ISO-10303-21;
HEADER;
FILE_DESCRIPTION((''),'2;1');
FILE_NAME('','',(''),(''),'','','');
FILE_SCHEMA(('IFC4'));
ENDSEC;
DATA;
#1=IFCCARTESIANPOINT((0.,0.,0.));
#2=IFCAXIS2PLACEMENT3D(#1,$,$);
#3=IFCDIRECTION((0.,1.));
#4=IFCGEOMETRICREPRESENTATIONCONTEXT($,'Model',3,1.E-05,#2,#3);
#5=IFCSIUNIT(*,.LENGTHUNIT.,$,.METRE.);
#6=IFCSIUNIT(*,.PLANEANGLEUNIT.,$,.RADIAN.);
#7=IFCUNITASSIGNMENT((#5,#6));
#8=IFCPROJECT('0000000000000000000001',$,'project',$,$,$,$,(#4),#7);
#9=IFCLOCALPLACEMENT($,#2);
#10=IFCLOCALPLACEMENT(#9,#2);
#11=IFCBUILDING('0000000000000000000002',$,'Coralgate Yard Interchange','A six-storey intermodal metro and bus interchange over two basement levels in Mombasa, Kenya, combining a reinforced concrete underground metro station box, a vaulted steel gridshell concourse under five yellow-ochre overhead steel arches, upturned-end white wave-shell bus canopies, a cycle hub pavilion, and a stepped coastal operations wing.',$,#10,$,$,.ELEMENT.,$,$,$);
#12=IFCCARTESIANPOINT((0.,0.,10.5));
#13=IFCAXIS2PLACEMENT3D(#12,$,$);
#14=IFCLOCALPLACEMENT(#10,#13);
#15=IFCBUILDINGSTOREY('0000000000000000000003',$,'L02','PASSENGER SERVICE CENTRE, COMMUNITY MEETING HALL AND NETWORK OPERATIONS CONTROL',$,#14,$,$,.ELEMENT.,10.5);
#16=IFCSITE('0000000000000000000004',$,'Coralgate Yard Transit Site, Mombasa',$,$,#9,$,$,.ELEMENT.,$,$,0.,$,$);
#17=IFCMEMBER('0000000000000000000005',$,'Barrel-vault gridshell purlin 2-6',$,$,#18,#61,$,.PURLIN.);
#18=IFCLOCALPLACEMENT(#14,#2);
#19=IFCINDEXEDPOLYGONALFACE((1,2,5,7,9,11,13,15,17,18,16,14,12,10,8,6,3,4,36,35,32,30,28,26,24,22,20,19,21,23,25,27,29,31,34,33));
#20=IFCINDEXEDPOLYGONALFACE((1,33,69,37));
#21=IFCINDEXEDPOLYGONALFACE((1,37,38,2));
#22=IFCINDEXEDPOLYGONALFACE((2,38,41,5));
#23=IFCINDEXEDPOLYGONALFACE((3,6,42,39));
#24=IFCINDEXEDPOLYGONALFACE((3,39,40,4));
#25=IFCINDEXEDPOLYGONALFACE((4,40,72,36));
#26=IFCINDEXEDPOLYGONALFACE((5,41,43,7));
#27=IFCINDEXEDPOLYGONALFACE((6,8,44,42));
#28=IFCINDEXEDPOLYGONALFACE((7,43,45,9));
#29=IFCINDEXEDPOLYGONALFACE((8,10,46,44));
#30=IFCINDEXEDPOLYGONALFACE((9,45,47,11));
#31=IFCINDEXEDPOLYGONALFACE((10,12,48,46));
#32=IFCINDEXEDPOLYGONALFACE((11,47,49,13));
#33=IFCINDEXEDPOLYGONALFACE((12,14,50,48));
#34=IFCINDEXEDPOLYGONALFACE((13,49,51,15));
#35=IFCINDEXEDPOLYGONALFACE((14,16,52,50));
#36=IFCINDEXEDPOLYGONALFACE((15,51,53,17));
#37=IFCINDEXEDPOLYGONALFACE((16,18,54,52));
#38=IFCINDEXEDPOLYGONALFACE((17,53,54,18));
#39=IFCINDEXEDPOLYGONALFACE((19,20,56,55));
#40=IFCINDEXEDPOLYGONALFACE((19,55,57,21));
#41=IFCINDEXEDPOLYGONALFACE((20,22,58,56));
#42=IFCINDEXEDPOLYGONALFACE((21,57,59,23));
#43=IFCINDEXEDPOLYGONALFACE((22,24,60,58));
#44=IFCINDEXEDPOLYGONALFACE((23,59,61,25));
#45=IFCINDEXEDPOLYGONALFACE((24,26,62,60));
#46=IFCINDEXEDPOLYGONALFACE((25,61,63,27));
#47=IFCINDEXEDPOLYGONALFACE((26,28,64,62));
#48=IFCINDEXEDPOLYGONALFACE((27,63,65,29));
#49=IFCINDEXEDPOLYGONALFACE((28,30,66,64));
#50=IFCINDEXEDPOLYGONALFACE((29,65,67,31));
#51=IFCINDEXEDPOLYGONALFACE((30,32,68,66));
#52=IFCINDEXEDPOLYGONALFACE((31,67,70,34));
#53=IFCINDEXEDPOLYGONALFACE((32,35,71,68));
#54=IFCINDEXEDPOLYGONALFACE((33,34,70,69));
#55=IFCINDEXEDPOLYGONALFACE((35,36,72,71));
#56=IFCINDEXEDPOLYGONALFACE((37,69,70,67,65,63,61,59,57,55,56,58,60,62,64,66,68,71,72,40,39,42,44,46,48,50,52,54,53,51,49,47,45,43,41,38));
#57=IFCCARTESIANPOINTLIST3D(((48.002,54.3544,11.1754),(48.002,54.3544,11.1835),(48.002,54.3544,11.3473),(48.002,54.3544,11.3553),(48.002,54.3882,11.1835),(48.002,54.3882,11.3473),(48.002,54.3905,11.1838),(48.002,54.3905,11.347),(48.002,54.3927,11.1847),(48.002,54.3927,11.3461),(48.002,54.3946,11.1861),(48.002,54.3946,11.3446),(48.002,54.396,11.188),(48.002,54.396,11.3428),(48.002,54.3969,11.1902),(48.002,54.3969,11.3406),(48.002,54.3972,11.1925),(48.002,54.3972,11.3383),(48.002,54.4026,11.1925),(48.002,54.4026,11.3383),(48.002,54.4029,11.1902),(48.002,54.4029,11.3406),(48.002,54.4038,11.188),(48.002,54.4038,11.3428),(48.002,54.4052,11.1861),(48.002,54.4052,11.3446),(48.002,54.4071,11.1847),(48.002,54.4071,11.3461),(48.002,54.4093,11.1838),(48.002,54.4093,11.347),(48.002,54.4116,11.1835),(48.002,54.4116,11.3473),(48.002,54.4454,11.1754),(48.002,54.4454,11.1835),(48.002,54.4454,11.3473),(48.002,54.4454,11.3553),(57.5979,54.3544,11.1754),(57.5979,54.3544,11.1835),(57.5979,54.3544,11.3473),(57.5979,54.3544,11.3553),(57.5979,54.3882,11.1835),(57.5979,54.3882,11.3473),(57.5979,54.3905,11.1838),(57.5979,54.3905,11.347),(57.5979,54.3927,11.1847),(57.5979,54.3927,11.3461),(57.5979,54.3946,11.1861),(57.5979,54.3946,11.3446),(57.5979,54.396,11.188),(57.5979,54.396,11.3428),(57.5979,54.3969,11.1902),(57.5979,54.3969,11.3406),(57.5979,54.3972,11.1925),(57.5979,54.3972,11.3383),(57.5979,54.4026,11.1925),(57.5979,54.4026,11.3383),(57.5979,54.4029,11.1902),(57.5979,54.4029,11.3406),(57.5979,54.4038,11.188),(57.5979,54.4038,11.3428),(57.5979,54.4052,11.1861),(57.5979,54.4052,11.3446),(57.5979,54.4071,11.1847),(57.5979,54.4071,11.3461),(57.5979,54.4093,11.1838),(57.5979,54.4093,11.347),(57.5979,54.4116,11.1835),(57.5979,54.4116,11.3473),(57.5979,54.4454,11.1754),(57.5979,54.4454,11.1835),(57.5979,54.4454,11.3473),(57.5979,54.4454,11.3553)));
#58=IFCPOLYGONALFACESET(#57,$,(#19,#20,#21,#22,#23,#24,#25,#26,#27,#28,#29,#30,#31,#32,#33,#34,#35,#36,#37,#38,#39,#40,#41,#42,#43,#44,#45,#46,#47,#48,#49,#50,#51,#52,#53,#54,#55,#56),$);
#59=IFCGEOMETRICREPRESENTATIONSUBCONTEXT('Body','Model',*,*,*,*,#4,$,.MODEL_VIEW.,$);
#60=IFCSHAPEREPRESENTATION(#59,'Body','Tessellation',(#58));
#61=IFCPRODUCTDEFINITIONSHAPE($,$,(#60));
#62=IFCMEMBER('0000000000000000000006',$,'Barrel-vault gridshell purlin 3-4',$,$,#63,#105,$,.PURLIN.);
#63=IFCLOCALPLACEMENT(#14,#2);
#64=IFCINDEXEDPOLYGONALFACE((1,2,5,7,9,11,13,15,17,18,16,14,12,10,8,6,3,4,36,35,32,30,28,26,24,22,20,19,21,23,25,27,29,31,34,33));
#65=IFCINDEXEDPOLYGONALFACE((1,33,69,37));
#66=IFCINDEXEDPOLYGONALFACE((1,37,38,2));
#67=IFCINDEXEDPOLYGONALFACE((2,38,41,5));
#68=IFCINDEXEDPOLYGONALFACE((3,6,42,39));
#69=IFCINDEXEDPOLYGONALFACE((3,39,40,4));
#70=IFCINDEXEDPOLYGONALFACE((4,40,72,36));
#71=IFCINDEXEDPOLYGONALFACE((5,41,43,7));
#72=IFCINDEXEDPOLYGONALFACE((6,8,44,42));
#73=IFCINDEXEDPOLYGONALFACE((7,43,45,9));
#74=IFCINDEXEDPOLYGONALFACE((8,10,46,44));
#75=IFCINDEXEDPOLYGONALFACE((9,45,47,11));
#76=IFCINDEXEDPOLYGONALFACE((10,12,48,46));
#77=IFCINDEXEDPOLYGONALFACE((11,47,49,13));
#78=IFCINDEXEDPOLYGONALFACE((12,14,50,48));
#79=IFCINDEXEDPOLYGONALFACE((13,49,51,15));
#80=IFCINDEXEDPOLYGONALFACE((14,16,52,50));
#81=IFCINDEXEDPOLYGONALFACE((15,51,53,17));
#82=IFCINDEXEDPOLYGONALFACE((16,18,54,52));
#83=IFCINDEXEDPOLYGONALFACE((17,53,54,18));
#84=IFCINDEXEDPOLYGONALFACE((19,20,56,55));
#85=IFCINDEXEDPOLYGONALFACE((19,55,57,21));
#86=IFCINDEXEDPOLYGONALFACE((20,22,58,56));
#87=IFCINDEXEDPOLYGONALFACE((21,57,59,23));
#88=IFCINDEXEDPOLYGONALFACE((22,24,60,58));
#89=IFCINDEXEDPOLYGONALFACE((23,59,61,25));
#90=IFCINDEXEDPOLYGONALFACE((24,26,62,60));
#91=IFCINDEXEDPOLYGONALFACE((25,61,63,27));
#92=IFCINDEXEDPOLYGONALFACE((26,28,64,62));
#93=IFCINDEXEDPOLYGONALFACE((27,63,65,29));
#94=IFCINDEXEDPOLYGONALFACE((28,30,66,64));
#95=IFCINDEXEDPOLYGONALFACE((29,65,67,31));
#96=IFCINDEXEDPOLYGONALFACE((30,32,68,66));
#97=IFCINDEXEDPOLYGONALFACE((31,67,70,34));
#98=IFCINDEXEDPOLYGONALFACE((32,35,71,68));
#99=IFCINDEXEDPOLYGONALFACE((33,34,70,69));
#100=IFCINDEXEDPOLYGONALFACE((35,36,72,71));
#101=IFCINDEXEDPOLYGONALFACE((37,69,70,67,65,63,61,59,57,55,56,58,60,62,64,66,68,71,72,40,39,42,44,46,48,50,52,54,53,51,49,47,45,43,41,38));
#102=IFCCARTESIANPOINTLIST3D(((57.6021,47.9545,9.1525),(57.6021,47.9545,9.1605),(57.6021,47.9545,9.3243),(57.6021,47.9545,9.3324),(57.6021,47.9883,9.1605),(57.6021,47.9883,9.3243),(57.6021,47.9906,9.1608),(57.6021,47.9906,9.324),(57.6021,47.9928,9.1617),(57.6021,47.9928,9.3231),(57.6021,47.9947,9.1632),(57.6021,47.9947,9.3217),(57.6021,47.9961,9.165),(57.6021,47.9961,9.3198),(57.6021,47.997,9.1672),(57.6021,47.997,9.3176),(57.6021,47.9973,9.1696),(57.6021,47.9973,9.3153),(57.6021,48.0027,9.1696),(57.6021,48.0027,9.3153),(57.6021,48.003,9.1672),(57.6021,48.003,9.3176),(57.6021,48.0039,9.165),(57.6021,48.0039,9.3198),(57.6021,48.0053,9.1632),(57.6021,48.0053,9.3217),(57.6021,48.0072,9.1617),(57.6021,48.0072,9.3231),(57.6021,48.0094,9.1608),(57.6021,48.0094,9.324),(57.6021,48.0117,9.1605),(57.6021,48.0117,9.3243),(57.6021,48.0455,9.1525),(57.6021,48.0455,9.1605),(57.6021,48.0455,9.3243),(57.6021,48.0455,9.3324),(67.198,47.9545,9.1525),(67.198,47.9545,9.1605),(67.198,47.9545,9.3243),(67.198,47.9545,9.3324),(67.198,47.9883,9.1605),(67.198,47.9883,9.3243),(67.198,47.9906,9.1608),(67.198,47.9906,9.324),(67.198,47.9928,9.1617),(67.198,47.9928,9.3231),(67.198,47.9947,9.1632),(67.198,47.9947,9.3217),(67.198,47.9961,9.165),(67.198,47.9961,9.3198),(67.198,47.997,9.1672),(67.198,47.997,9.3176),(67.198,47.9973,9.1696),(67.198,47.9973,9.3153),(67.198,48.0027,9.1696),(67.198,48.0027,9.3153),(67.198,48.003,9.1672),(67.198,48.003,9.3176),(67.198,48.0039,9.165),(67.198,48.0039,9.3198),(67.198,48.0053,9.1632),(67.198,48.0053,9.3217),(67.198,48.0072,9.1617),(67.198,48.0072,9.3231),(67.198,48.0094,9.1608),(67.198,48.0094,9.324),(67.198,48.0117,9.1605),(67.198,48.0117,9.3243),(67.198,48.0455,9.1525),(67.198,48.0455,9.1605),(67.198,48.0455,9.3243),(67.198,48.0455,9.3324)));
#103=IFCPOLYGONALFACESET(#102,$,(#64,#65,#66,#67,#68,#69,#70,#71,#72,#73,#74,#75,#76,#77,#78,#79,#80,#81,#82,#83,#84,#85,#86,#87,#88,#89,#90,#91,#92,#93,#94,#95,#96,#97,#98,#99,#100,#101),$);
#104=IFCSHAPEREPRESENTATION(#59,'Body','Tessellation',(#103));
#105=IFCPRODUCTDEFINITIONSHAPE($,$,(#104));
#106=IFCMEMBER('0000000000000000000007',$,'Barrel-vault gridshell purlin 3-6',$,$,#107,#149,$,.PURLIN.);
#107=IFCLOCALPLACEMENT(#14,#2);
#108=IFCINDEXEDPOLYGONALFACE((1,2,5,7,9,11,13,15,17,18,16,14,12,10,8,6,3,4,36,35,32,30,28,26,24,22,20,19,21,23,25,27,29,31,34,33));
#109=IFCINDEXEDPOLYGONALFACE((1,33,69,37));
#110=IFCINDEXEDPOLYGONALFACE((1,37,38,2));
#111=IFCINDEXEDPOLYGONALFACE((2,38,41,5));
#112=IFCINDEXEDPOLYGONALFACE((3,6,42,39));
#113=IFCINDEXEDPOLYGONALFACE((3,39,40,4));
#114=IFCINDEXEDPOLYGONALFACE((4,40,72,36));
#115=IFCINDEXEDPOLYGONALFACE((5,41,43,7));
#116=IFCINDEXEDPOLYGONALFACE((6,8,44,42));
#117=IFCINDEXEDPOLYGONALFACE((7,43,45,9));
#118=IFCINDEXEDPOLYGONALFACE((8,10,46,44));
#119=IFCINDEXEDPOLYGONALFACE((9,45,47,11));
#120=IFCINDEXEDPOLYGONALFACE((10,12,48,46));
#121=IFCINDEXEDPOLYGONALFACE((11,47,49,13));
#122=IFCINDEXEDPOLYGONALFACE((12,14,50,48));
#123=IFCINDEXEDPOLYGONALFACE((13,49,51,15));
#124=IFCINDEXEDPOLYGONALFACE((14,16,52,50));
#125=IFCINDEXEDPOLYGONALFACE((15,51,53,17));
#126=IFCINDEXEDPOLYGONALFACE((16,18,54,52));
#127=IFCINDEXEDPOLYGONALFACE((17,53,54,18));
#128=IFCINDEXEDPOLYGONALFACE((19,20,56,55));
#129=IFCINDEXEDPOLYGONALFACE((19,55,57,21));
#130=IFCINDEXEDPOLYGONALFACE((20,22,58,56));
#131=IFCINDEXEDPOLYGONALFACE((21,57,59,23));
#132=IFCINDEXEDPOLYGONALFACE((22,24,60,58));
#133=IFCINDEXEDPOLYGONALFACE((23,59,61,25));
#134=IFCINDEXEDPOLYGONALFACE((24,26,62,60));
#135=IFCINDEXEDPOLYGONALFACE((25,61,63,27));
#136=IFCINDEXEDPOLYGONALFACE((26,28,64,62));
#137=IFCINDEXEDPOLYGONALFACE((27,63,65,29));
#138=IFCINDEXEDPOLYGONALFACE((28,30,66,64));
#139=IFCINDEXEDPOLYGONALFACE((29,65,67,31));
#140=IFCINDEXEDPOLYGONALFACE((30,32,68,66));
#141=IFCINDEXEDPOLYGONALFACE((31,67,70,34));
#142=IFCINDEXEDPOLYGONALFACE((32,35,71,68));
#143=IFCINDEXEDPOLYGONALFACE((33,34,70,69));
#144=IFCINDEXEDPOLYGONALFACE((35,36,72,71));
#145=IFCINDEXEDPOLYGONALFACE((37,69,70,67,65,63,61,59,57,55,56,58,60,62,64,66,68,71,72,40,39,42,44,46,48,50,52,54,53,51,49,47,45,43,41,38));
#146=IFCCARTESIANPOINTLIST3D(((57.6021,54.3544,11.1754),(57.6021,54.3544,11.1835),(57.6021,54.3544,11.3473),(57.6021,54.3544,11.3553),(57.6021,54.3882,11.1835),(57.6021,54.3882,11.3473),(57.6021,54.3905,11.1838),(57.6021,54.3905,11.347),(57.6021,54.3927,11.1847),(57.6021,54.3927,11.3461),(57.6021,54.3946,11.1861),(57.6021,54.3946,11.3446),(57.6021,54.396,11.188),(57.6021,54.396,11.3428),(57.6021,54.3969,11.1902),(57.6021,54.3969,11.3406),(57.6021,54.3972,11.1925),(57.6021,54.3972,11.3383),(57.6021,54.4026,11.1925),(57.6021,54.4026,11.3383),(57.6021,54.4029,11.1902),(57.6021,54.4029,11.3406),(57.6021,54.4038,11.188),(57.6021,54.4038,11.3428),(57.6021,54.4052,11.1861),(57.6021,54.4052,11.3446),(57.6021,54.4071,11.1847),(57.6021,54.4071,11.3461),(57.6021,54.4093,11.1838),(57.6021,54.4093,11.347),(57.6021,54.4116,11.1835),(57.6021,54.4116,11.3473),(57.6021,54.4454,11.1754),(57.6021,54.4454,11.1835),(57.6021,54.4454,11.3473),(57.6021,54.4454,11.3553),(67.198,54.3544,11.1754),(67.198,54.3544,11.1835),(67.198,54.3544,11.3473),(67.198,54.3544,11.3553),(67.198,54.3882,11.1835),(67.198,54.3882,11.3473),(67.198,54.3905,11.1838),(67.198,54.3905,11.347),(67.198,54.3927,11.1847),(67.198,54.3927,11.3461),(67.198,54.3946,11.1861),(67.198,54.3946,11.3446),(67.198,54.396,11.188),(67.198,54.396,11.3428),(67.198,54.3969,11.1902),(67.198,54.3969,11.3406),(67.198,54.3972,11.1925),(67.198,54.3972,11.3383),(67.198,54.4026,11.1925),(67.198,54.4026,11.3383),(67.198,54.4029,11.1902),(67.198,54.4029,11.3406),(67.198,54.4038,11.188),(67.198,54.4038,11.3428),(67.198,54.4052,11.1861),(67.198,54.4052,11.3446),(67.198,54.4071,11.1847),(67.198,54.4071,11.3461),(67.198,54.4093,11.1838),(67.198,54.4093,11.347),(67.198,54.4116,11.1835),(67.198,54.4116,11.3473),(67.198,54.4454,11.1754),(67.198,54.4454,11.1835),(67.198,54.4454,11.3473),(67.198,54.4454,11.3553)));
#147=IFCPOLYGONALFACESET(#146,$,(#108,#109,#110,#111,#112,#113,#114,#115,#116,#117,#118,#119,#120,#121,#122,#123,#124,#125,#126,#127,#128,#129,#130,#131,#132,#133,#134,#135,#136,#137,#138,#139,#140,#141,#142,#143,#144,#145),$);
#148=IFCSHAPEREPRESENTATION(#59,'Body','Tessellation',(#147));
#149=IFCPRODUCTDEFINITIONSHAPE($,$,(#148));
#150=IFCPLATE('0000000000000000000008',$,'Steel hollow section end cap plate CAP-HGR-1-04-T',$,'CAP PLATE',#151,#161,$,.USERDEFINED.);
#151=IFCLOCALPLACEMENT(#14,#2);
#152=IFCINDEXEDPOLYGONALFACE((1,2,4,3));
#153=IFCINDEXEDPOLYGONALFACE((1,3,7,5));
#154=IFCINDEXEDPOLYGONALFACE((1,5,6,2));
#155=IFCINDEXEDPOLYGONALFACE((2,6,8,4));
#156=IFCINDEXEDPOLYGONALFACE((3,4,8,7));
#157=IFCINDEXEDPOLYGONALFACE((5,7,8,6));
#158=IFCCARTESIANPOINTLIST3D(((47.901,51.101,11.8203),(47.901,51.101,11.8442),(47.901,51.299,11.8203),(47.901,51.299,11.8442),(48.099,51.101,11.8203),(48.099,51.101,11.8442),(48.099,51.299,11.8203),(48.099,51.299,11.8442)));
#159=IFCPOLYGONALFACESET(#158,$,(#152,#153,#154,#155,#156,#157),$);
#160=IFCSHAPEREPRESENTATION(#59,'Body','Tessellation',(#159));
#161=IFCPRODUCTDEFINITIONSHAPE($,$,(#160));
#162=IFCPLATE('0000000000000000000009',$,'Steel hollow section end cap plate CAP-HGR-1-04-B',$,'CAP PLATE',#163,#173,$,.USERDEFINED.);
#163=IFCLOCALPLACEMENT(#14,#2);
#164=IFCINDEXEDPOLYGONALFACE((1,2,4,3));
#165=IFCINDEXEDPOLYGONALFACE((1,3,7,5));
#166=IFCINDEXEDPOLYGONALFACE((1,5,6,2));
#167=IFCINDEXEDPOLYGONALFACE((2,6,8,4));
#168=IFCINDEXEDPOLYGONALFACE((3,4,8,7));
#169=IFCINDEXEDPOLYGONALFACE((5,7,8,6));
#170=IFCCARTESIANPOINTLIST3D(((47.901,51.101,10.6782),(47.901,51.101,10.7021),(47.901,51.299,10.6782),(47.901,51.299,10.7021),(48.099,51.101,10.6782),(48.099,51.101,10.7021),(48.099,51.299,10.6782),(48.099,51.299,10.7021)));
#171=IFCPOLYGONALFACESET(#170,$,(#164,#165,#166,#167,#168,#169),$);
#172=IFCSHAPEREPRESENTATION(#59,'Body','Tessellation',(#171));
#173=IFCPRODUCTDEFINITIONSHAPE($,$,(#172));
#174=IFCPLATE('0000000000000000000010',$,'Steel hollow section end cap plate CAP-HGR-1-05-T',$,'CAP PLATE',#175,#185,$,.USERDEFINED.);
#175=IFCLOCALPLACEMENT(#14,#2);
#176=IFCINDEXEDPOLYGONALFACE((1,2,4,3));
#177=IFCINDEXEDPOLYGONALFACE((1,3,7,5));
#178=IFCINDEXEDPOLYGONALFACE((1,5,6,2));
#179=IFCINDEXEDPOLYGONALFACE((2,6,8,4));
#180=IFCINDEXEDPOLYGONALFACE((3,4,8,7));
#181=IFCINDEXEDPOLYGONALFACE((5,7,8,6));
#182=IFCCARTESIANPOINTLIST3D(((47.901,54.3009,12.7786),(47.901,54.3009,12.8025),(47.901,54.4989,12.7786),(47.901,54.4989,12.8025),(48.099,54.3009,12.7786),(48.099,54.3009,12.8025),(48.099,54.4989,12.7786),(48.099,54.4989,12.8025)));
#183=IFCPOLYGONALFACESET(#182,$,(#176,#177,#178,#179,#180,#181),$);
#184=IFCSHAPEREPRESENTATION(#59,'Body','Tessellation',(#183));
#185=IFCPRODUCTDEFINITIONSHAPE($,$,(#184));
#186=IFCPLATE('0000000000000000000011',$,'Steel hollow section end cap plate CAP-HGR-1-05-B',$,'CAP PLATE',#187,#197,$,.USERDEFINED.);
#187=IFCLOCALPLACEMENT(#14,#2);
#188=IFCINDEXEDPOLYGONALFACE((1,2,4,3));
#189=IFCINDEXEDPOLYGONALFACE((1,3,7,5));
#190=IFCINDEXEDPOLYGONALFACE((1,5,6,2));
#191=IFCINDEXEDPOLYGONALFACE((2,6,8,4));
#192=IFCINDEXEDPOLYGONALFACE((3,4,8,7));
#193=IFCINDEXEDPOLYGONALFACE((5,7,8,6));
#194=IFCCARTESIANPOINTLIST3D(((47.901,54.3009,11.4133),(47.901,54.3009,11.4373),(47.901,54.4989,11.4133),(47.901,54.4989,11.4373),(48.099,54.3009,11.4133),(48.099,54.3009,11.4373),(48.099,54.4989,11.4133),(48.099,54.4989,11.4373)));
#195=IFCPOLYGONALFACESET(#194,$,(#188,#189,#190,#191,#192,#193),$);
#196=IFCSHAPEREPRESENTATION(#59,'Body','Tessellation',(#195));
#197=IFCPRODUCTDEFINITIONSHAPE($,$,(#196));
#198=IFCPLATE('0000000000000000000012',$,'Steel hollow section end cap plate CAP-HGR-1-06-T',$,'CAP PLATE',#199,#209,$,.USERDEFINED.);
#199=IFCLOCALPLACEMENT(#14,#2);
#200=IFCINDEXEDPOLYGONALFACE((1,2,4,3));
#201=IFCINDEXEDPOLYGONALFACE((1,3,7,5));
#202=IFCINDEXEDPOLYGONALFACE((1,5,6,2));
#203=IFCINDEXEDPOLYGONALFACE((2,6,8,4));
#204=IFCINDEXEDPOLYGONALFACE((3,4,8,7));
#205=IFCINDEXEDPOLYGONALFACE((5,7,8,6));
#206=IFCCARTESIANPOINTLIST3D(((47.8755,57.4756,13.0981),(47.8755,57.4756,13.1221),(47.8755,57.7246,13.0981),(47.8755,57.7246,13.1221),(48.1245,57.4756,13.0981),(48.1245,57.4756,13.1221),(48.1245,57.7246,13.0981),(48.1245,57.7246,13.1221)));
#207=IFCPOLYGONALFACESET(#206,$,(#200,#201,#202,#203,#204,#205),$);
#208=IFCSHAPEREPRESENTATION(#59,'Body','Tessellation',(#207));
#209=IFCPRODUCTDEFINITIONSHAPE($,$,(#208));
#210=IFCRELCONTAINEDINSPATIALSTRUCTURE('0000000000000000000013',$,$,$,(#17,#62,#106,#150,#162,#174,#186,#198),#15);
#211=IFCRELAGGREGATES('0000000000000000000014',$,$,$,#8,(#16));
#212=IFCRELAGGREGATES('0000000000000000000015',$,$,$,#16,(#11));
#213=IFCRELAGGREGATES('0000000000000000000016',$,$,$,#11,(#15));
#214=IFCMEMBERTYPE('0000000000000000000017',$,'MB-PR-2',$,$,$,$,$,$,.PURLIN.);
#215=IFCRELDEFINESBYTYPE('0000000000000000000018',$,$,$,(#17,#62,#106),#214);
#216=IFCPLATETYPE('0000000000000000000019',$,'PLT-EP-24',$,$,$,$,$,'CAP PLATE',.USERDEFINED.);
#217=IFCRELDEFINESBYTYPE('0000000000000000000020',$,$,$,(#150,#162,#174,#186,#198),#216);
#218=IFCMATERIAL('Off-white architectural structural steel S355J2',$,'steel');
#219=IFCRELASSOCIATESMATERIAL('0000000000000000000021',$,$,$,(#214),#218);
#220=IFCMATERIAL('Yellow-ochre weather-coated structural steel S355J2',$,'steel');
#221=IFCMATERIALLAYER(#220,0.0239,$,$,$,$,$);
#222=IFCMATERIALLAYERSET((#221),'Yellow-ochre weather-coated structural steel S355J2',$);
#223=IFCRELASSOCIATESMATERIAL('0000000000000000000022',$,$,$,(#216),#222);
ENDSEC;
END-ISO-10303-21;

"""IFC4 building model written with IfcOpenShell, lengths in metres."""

from ifc_helpers import new_model, si_unit, direction, frame, origin, origin_2d, place, context, subcontext, project, spatial, rectangle, i_section, extrude, material, layer, layer_set, material_profile, profile_set, type_object, element, save


model = new_model("IFC4")

# Units and contexts
model_context = context("Model", 3, precision=1e-05, world=origin(), true_north=direction((0.0, 1.0)))
body_context = subcontext(model_context, "Body", "Model", "MODEL_VIEW")
ifc_project = project(units=[si_unit("LENGTHUNIT", "METRE"), si_unit("PLANEANGLEUNIT", "RADIAN")], contexts=[model_context])

# Site, building, storey
site_placement = place(None, origin())
site = spatial("IfcSite", under=ifc_project, at=site_placement, Name="Coralgate Yard Transit Site, Mombasa", CompositionType="ELEMENT", RefElevation=0.0)
building_placement = place(site_placement, origin())
building = spatial("IfcBuilding", under=site, at=building_placement, Name="Coralgate Yard Interchange", Description="A six-storey intermodal metro and bus interchange over two basement levels in Mombasa, Kenya, combining a reinforced concrete underground metro station box, a vaulted steel gridshell concourse under five yellow-ochre overhead steel arches, upturned-end white wave-shell bus canopies, a cycle hub pavilion, and a stepped coastal operations wing.", CompositionType="ELEMENT")
storey_placement = place(building_placement, frame((0.0, 0.0, 10.5)))
storey = spatial("IfcBuildingStorey", under=building, at=storey_placement, Name="L02", Description="PASSENGER SERVICE CENTRE, COMMUNITY MEETING HALL AND NETWORK OPERATIONS CONTROL", CompositionType="ELEMENT", Elevation=10.5)

# Shared definitions
ifc_material_1 = material(Name="Yellow-ochre weather-coated structural steel S355J2", Category="steel")

# Members
ifc_material_2 = material(Name="Off-white architectural structural steel S355J2", Category="steel")
ifc_material_profile_1 = material_profile(ifc_material_2, i_section(OverallWidth=0.0911, OverallDepth=0.1799, WebThickness=0.0054, FlangeThickness=0.0081, FilletRadius=0.009, at=origin_2d()), Name="IPE 180")
ifc_profile_set_1 = profile_set([ifc_material_profile_1], Name="Off-white architectural structural steel S355J2")
member_type_1 = type_object("IfcMemberType", Name="MB-PR-2", PredefinedType="PURLIN", material=ifc_profile_set_1)
for number, where, z_axis, x_axis, name in (
    (1, (48.002, 54.3999, 11.2654), (1.0, 0.0, 0.0), (0.0, 1.0, 0.0), "Barrel-vault gridshell purlin 2-6"),
    (2, (57.6021, 48.0, 9.2424), (1.0, 0.0, 0.0), (0.0, 1.0, 0.0), "Barrel-vault gridshell purlin 3-4"),
    (3, (57.6021, 54.3999, 11.2654), (1.0, 0.0, 0.0), (0.0, 1.0, 0.0), "Barrel-vault gridshell purlin 3-6"),
):
    element("IfcMember", number, at=place(storey_placement, frame(where, z_axis=z_axis, x_axis=x_axis)), inside=storey, type_object=member_type_1, Name=name, PredefinedType="PURLIN", context=body_context, shape_type="SweptSolid", body=[
        extrude(i_section(OverallWidth=0.0911, OverallDepth=0.1799, WebThickness=0.0054, FlangeThickness=0.0081, FilletRadius=0.009, at=origin_2d()), origin(), (0.0, 0.0, 1.0), 9.5959),
    ])

# Plates
ifc_layer_1 = layer(ifc_material_1, 0.0239)
ifc_layer_set_1 = layer_set([ifc_layer_1], Name="Yellow-ochre weather-coated structural steel S355J2")
plate_type_1 = type_object("IfcPlateType", Name="PLT-EP-24", ElementType="CAP PLATE", PredefinedType="USERDEFINED", material=ifc_layer_set_1)
for number, where, z_axis, x_axis, name in (
    (4, (48.0, 51.2, 11.8203), (0.0, 0.0, 1.0), (1.0, 0.0, 0.0), "Steel hollow section end cap plate CAP-HGR-1-04-T"),
    (5, (48.0, 51.2, 10.7021), (0.0, 0.0, -1.0), (1.0, 0.0, 0.0), "Steel hollow section end cap plate CAP-HGR-1-04-B"),
    (6, (48.0, 54.3999, 12.7786), (0.0, 0.0, 1.0), (1.0, 0.0, 0.0), "Steel hollow section end cap plate CAP-HGR-1-05-T"),
    (7, (48.0, 54.3999, 11.4373), (0.0, 0.0, -1.0), (1.0, 0.0, 0.0), "Steel hollow section end cap plate CAP-HGR-1-05-B"),
):
    element("IfcPlate", number, at=place(storey_placement, frame(where, z_axis=z_axis, x_axis=x_axis)), inside=storey, type_object=plate_type_1, Name=name, ObjectType="CAP PLATE", PredefinedType="USERDEFINED", context=body_context, shape_type="SweptSolid", body=[
        extrude(rectangle(XDim=0.198, YDim=0.198, at=origin_2d()), origin(), (0.0, 0.0, 1.0), 0.0239),
    ])
for number, where, z_axis, x_axis, name in (
    (8, (48.0, 57.6001, 13.0981), (0.0, 0.0, 1.0), (1.0, 0.0, 0.0), "Steel hollow section end cap plate CAP-HGR-1-06-T"),
):
    element("IfcPlate", number, at=place(storey_placement, frame(where, z_axis=z_axis, x_axis=x_axis)), inside=storey, type_object=plate_type_1, Name=name, ObjectType="CAP PLATE", PredefinedType="USERDEFINED", context=body_context, shape_type="SweptSolid", body=[
        extrude(rectangle(XDim=0.249, YDim=0.249, at=origin_2d()), origin(), (0.0, 0.0, 1.0), 0.0239),
    ])

save(model, "model.ifc")
